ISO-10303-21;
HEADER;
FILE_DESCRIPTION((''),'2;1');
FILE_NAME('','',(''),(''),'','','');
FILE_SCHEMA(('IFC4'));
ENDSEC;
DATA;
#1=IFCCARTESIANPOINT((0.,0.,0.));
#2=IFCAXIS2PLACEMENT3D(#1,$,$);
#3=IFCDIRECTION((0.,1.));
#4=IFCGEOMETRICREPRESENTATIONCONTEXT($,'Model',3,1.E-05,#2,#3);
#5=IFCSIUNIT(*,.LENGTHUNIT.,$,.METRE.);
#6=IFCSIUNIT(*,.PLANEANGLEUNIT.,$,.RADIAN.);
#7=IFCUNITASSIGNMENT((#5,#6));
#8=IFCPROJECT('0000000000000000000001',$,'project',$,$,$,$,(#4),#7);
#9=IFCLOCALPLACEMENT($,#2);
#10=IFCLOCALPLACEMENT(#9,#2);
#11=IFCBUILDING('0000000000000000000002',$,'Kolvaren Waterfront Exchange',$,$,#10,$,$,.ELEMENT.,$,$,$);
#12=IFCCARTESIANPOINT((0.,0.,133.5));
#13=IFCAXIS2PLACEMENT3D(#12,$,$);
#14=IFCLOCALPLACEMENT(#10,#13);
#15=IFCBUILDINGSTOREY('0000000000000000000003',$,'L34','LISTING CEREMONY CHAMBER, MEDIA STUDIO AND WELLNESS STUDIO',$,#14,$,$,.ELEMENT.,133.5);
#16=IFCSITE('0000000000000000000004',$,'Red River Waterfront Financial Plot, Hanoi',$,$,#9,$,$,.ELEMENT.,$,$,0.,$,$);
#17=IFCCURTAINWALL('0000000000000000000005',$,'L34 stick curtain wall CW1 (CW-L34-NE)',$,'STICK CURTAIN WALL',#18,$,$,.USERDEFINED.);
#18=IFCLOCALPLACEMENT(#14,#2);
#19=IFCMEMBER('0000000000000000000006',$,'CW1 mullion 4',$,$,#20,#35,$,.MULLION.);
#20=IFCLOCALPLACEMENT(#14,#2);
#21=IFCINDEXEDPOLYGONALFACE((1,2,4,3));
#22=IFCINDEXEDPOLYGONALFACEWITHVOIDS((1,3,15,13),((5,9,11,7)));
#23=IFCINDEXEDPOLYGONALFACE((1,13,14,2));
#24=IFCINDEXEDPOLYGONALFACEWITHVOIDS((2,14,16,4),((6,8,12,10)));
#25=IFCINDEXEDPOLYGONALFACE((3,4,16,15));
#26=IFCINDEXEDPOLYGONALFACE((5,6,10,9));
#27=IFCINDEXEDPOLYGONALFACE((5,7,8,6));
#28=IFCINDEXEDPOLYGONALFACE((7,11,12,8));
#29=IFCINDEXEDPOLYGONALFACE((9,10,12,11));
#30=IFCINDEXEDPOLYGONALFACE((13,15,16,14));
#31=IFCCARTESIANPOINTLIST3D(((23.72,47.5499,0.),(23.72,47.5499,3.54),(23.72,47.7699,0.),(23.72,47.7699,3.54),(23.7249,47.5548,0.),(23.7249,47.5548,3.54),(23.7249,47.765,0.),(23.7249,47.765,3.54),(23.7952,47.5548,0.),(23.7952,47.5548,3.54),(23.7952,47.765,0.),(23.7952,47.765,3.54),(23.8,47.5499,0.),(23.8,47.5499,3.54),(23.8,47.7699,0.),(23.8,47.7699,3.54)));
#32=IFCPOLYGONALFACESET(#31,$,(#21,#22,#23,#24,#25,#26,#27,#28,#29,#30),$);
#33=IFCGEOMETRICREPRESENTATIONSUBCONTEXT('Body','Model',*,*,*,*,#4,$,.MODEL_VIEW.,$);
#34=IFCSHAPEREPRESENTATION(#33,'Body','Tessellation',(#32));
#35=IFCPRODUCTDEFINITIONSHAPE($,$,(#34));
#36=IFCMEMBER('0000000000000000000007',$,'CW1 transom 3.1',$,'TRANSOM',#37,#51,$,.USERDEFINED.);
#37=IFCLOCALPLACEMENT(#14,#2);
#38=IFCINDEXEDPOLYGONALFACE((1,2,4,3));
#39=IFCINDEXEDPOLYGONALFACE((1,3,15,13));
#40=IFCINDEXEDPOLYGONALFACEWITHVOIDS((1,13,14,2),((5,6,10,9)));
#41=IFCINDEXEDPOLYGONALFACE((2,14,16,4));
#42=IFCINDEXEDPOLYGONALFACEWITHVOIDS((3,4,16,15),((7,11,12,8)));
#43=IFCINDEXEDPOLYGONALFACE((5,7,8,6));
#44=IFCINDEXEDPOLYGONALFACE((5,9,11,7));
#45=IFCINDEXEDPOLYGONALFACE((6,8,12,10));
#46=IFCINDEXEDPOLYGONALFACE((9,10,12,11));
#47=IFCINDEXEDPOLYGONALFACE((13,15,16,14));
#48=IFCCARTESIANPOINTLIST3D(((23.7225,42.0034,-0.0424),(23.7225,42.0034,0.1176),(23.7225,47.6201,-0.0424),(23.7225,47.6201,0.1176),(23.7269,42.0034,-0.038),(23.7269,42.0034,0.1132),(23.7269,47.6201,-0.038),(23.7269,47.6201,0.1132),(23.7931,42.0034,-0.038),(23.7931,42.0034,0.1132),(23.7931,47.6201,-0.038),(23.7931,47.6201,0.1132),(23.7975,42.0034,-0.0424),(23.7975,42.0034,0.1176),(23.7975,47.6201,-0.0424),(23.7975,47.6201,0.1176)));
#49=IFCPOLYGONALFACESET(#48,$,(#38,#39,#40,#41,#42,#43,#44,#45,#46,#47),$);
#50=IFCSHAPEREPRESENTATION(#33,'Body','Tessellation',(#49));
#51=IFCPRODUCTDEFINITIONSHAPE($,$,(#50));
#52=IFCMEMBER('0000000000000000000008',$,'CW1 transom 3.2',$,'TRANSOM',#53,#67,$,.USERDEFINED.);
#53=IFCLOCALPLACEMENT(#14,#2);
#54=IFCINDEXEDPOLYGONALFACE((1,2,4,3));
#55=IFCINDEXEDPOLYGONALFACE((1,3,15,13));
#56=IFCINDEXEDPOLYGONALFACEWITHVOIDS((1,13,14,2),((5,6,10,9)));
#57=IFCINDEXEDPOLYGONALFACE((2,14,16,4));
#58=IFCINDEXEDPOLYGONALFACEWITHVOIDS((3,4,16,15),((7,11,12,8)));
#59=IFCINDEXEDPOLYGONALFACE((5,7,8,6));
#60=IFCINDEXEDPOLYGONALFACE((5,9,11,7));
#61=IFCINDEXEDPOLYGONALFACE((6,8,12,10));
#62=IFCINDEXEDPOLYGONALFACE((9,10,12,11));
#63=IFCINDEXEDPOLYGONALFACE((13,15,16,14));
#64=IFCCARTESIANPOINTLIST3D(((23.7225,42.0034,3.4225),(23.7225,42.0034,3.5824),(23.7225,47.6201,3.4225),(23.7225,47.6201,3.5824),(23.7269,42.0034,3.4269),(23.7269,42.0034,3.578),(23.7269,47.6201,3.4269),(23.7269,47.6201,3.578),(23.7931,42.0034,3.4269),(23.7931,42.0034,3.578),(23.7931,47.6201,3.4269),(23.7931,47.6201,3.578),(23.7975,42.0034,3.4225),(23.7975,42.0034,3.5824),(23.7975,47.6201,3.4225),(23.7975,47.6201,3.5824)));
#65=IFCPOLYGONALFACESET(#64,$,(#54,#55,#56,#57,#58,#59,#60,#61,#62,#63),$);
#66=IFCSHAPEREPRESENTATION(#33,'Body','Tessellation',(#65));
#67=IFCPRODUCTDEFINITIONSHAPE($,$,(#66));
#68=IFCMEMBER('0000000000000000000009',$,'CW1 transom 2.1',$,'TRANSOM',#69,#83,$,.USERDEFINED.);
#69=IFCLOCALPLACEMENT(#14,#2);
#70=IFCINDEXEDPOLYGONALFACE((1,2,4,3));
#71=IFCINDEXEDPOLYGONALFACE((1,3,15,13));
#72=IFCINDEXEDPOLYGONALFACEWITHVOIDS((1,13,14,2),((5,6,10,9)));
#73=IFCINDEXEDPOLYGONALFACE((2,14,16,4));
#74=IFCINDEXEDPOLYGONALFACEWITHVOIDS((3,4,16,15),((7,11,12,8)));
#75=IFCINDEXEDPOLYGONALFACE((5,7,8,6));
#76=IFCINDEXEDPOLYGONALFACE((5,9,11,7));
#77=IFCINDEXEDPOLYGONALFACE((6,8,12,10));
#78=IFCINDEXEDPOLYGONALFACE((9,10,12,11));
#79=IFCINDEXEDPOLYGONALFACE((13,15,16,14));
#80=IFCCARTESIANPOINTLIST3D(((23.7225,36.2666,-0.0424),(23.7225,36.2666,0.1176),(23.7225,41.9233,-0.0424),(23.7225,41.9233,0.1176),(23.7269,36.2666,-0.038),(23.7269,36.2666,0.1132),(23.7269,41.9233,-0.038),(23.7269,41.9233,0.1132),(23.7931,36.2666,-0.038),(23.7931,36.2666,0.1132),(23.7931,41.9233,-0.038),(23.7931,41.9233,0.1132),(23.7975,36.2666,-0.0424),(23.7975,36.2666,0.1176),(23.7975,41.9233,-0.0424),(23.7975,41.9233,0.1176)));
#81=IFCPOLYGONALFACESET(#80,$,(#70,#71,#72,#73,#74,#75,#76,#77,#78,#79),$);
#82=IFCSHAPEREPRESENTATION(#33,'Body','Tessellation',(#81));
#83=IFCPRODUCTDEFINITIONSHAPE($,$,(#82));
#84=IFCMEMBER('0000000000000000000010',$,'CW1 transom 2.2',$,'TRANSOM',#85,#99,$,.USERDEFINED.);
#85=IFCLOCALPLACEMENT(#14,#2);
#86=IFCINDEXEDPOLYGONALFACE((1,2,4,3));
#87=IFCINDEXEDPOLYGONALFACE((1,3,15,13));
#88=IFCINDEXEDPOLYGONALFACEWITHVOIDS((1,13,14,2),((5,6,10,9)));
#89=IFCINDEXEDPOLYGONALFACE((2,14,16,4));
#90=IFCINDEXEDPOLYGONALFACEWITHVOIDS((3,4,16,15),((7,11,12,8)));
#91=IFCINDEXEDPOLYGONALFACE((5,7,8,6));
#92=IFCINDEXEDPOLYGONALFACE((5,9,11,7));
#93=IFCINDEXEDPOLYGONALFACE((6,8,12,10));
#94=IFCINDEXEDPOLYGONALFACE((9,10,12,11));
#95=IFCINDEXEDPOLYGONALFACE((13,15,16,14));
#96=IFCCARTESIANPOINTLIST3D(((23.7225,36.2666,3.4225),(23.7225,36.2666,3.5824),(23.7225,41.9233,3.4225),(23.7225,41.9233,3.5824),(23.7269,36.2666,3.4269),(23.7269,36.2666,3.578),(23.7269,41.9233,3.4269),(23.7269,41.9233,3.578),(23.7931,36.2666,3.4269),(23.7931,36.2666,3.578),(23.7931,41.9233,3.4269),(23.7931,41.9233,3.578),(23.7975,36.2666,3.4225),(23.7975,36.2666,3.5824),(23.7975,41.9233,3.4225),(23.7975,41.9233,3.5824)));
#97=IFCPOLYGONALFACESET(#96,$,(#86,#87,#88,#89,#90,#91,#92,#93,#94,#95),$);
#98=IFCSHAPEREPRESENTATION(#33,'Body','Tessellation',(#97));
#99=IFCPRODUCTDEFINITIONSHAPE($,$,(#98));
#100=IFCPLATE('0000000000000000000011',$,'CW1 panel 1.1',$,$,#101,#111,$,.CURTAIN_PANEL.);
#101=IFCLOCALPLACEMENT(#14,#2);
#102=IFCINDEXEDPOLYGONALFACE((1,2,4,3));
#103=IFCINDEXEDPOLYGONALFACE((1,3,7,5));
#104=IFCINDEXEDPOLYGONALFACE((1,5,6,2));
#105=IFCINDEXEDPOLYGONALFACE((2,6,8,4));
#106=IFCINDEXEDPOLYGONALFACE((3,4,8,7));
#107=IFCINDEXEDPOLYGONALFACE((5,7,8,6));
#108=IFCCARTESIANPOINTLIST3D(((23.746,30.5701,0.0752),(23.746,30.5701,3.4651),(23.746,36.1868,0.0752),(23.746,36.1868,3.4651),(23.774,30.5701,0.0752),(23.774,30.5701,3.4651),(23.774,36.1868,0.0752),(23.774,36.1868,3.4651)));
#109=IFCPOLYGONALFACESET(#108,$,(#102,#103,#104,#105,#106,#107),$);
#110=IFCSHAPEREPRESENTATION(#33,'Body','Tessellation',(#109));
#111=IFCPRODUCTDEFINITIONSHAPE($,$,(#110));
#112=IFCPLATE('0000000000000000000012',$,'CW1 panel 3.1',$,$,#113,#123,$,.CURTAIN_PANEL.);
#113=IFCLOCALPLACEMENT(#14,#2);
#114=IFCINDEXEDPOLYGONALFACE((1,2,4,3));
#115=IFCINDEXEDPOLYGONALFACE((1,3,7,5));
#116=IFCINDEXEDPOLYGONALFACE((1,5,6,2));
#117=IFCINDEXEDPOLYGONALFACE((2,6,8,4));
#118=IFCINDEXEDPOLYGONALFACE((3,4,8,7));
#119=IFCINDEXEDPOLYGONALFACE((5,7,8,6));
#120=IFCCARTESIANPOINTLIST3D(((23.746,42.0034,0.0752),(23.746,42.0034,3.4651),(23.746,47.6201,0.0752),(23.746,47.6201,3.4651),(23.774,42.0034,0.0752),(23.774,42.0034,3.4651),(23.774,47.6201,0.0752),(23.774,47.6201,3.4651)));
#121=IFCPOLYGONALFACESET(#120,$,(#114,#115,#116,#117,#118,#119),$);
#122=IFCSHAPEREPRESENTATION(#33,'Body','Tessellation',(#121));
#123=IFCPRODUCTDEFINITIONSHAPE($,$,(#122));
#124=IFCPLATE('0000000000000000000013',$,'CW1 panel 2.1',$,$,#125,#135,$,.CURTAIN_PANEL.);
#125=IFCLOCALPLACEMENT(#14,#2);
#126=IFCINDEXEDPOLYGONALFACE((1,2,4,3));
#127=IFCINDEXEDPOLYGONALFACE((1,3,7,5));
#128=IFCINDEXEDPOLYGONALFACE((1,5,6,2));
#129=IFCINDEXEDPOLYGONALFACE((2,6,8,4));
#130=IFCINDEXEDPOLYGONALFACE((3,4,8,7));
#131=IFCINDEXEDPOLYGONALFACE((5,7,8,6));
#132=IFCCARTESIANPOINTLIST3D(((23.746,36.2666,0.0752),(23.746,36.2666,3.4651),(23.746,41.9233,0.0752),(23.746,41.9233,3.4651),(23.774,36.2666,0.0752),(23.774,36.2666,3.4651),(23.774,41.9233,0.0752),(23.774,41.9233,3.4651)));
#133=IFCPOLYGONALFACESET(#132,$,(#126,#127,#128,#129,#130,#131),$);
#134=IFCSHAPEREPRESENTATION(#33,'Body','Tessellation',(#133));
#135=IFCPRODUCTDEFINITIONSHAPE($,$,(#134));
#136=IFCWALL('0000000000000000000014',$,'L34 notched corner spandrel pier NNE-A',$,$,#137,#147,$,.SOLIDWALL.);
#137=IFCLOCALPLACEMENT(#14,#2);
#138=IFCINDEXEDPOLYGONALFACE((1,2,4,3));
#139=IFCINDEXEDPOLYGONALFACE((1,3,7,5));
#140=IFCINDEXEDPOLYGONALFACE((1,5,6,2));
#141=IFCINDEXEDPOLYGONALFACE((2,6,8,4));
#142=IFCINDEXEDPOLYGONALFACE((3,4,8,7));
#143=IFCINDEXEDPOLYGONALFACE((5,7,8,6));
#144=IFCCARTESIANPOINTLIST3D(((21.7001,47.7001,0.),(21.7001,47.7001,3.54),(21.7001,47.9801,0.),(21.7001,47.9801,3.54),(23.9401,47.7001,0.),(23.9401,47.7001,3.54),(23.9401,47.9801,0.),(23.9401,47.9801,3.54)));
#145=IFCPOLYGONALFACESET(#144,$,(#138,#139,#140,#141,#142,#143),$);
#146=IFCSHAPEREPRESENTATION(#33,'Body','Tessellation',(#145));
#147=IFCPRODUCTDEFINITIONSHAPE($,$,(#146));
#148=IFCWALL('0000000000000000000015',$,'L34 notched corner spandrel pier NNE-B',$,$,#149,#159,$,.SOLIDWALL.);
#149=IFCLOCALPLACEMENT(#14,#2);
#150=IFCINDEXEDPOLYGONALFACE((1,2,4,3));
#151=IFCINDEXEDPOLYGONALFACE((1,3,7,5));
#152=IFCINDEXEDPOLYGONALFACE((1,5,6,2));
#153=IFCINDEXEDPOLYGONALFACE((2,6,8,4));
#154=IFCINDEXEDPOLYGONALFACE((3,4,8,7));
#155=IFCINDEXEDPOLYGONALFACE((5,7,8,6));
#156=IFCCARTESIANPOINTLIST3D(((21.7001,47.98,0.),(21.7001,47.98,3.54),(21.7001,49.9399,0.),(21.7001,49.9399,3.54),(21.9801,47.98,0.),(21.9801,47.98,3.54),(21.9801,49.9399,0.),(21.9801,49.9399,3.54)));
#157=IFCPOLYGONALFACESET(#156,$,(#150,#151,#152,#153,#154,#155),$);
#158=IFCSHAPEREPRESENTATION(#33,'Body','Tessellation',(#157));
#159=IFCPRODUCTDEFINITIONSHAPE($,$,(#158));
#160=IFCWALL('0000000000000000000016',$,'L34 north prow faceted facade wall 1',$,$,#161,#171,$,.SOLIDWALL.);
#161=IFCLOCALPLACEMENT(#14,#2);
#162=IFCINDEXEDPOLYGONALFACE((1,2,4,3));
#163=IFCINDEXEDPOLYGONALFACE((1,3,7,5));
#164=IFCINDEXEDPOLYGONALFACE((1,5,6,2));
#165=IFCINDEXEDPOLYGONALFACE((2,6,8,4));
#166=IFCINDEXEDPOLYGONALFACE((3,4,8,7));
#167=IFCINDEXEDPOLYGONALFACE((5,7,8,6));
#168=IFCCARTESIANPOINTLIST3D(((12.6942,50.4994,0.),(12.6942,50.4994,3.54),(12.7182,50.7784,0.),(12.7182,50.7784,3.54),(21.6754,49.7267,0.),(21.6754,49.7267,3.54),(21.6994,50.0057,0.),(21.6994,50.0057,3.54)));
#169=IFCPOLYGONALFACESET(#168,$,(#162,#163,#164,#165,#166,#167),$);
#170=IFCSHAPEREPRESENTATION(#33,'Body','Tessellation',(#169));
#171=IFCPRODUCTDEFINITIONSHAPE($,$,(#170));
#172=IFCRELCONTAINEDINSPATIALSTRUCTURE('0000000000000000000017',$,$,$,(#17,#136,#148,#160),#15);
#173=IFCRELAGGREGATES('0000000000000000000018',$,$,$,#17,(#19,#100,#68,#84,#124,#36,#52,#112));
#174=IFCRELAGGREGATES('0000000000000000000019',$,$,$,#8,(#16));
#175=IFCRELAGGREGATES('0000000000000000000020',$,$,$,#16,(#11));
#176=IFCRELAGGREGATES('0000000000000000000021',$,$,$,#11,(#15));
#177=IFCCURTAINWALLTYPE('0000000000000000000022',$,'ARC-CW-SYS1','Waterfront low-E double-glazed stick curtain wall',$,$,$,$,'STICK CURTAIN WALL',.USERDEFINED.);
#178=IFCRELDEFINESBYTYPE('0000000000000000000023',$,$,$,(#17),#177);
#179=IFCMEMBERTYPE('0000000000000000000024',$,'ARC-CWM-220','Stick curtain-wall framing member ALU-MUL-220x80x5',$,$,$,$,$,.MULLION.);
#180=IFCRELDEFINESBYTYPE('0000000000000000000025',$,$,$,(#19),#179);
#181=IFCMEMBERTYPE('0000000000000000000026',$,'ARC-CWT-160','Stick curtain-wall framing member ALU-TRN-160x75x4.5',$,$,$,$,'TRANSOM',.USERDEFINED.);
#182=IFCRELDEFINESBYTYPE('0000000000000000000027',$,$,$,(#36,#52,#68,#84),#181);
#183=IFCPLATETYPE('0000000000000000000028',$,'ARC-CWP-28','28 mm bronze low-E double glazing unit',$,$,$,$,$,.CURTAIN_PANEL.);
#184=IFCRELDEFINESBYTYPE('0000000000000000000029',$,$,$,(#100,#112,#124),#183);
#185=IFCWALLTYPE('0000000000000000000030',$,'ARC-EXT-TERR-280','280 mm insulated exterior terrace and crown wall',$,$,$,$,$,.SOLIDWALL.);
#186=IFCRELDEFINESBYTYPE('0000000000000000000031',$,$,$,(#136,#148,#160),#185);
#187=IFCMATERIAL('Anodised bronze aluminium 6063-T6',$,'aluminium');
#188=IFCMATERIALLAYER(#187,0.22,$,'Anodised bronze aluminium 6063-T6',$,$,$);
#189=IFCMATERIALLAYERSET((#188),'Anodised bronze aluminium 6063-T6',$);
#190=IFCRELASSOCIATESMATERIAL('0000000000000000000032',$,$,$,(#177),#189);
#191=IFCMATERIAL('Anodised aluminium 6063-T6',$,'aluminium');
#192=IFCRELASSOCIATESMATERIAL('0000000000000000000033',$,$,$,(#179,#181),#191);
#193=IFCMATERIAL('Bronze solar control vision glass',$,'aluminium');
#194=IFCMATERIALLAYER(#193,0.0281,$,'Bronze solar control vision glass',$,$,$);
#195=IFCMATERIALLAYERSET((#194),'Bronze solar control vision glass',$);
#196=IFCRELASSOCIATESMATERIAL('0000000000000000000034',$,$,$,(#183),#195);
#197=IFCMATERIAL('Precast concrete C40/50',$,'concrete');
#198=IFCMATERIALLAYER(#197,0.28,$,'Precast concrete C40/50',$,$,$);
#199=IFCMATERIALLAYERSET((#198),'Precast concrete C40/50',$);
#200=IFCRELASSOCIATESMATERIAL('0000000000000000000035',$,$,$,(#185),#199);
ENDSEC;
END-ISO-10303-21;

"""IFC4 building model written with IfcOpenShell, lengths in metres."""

from ifc_helpers import new_model, si_unit, direction, frame, frame_2d, origin, origin_with_axes, origin_2d, place, context, subcontext, project, spatial, rectangle, hollow_rectangle, extrude, source, transform, mapped, material, layer, layer_set, material_profile, profile_set, type_object, element, aggregate, save


model = new_model("IFC4")

# Units and contexts
model_context = context("Model", 3, precision=1e-05, world=origin(), true_north=direction((0.0, 1.0)))
body_context = subcontext(model_context, "Body", "Model", "MODEL_VIEW")
ifc_project = project(units=[si_unit("LENGTHUNIT", "METRE"), si_unit("PLANEANGLEUNIT", "RADIAN")], contexts=[model_context])

# Site, building, storey
site_placement = place(None, origin())
site = spatial("IfcSite", under=ifc_project, at=site_placement, Name="Red River Waterfront Financial Plot, Hanoi", CompositionType="ELEMENT", RefElevation=0.0)
building_placement = place(site_placement, origin())
building = spatial("IfcBuilding", under=site, at=building_placement, Name="Kolvaren Waterfront Exchange", CompositionType="ELEMENT")
storey_placement = place(building_placement, frame((0.0, 0.0, 133.5)))
storey = spatial("IfcBuildingStorey", under=building, at=storey_placement, Name="L34", Description="LISTING CEREMONY CHAMBER, MEDIA STUDIO AND WELLNESS STUDIO", CompositionType="ELEMENT", Elevation=133.5)

# Curtain wall, members, plates
ifc_material_1 = material(Name="Anodised bronze aluminium 6063-T6", Category="aluminium")
ifc_layer_1 = layer(ifc_material_1, 0.22, Name="Anodised bronze aluminium 6063-T6")
ifc_layer_set_1 = layer_set([ifc_layer_1], Name="Anodised bronze aluminium 6063-T6")
curtain_wall_type = type_object("IfcCurtainWallType", Name="ARC-CW-SYS1", Description="Waterfront low-E double-glazed stick curtain wall", ElementType="STICK CURTAIN WALL", PredefinedType="USERDEFINED", material=ifc_layer_set_1)
curtain_wall_placement = place(storey_placement, origin())
curtain_wall = element("IfcCurtainWall", 1, at=curtain_wall_placement, inside=storey, type_object=curtain_wall_type, Name="L34 stick curtain wall CW1 (CW-L34-NE)", ObjectType="STICK CURTAIN WALL", PredefinedType="USERDEFINED")
ifc_material_2 = material(Name="Anodised aluminium 6063-T6", Category="aluminium")
ifc_material_profile_1 = material_profile(ifc_material_2, hollow_rectangle(XDim=0.0801, YDim=0.22, WallThickness=0.0049, at=origin_2d()), Name="ALU-MUL-220x80x5")
ifc_profile_set_1 = profile_set([ifc_material_profile_1], Name="Anodised aluminium 6063-T6")
member_type_1 = type_object("IfcMemberType", Name="ARC-CWM-220", Description="Stick curtain-wall framing member ALU-MUL-220x80x5", PredefinedType="MULLION", material=ifc_profile_set_1)
shared_shape_1 = source(origin_with_axes(), body_context, "Body", "SweptSolid", [
    extrude(hollow_rectangle(XDim=0.0801, YDim=0.22, WallThickness=0.0049, at=origin_2d()), origin(), (0.0, 0.0, 1.0), 3.54),
])
member_1_placement = place(storey_placement, frame((23.76, 47.6599, 0.0), z_axis=(0.0, 0.0, 1.0), x_axis=(-1.0, 0.0, 0.0)))
member_1 = element("IfcMember", 2, at=member_1_placement, type_object=member_type_1, Name="CW1 mullion 4", PredefinedType="MULLION", context=body_context, shape_type="MappedRepresentation", body=[
    mapped(shared_shape_1, transform((0.0, 0.0, 0.0), x_axis=(1.0, 0.0, 0.0), y_axis=(0.0, 1.0, 0.0), z_axis=(0.0, 0.0, 1.0), scale=1.0)),
])
ifc_material_profile_2 = material_profile(ifc_material_2, hollow_rectangle(XDim=0.075, YDim=0.1599, WallThickness=0.0044, at=origin_2d()), Name="ALU-TRN-160x75x4.5")
ifc_profile_set_2 = profile_set([ifc_material_profile_2], Name="Anodised aluminium 6063-T6")
member_type_2 = type_object("IfcMemberType", Name="ARC-CWT-160", Description="Stick curtain-wall framing member ALU-TRN-160x75x4.5", ElementType="TRANSOM", PredefinedType="USERDEFINED", material=ifc_profile_set_2)
shared_shape_2 = source(origin_with_axes(), body_context, "Body", "SweptSolid", [
    extrude(hollow_rectangle(XDim=0.075, YDim=0.1599, WallThickness=0.0044, at=origin_2d()), origin(), (0.0, 0.0, 1.0), 5.6167),
])
member_2_placement = place(storey_placement, frame((23.76, 42.0034, 0.0376), z_axis=(0.0, 1.0, 0.0), x_axis=(-1.0, 0.0, 0.0)))
member_2 = element("IfcMember", 3, at=member_2_placement, type_object=member_type_2, Name="CW1 transom 3.1", ObjectType="TRANSOM", PredefinedType="USERDEFINED", context=body_context, shape_type="MappedRepresentation", body=[
    mapped(shared_shape_2, transform((0.0, 0.0, 0.0), x_axis=(1.0, 0.0, 0.0), y_axis=(0.0, 1.0, 0.0), z_axis=(0.0, 0.0, 1.0), scale=1.0)),
])
member_3_placement = place(storey_placement, frame((23.76, 42.0034, 3.5024), z_axis=(0.0, 1.0, 0.0), x_axis=(-1.0, 0.0, 0.0)))
member_3 = element("IfcMember", 4, at=member_3_placement, type_object=member_type_2, Name="CW1 transom 3.2", ObjectType="TRANSOM", PredefinedType="USERDEFINED", context=body_context, shape_type="MappedRepresentation", body=[
    mapped(shared_shape_2, transform((0.0, 0.0, 0.0), x_axis=(1.0, 0.0, 0.0), y_axis=(0.0, 1.0, 0.0), z_axis=(0.0, 0.0, 1.0), scale=1.0)),
])
shared_shape_3 = source(origin_with_axes(), body_context, "Body", "SweptSolid", [
    extrude(hollow_rectangle(XDim=0.075, YDim=0.1599, WallThickness=0.0044, at=origin_2d()), origin(), (0.0, 0.0, 1.0), 5.6567),
])
member_4_placement = place(storey_placement, frame((23.76, 36.2666, 0.0376), z_axis=(0.0, 1.0, 0.0), x_axis=(-1.0, 0.0, 0.0)))
member_4 = element("IfcMember", 5, at=member_4_placement, type_object=member_type_2, Name="CW1 transom 2.1", ObjectType="TRANSOM", PredefinedType="USERDEFINED", context=body_context, shape_type="MappedRepresentation", body=[
    mapped(shared_shape_3, transform((0.0, 0.0, 0.0), x_axis=(1.0, 0.0, 0.0), y_axis=(0.0, 1.0, 0.0), z_axis=(0.0, 0.0, 1.0), scale=1.0)),
])
member_5_placement = place(storey_placement, frame((23.76, 36.2666, 3.5024), z_axis=(0.0, 1.0, 0.0), x_axis=(-1.0, 0.0, 0.0)))
member_5 = element("IfcMember", 6, at=member_5_placement, type_object=member_type_2, Name="CW1 transom 2.2", ObjectType="TRANSOM", PredefinedType="USERDEFINED", context=body_context, shape_type="MappedRepresentation", body=[
    mapped(shared_shape_3, transform((0.0, 0.0, 0.0), x_axis=(1.0, 0.0, 0.0), y_axis=(0.0, 1.0, 0.0), z_axis=(0.0, 0.0, 1.0), scale=1.0)),
])
ifc_material_3 = material(Name="Bronze solar control vision glass", Category="aluminium")
ifc_layer_2 = layer(ifc_material_3, 0.0281, Name="Bronze solar control vision glass")
ifc_layer_set_2 = layer_set([ifc_layer_2], Name="Bronze solar control vision glass")
plate_type = type_object("IfcPlateType", Name="ARC-CWP-28", Description="28 mm bronze low-E double glazing unit", PredefinedType="CURTAIN_PANEL", material=ifc_layer_set_2)
shared_shape_4 = source(origin_with_axes(), body_context, "Body", "SweptSolid", [
    extrude(rectangle(XDim=5.6167, YDim=0.0281, at=origin_2d()), origin(), (0.0, 0.0, 1.0), 3.3899),
])
plate_1_placement = place(storey_placement, frame((23.76, 33.3784, 0.0752), z_axis=(0.0, 0.0, 1.0), x_axis=(0.0, 1.0, 0.0)))
plate_1 = element("IfcPlate", 7, at=plate_1_placement, type_object=plate_type, Name="CW1 panel 1.1", PredefinedType="CURTAIN_PANEL", context=body_context, shape_type="MappedRepresentation", body=[
    mapped(shared_shape_4, transform((0.0, 0.0, 0.0), x_axis=(1.0, 0.0, 0.0), y_axis=(0.0, 1.0, 0.0), z_axis=(0.0, 0.0, 1.0), scale=1.0)),
])
plate_2_placement = place(storey_placement, frame((23.76, 44.8118, 0.0752), z_axis=(0.0, 0.0, 1.0), x_axis=(0.0, 1.0, 0.0)))
plate_2 = element("IfcPlate", 8, at=plate_2_placement, type_object=plate_type, Name="CW1 panel 3.1", PredefinedType="CURTAIN_PANEL", context=body_context, shape_type="MappedRepresentation", body=[
    mapped(shared_shape_4, transform((0.0, 0.0, 0.0), x_axis=(1.0, 0.0, 0.0), y_axis=(0.0, 1.0, 0.0), z_axis=(0.0, 0.0, 1.0), scale=1.0)),
])
shared_shape_5 = source(origin_with_axes(), body_context, "Body", "SweptSolid", [
    extrude(rectangle(XDim=5.6567, YDim=0.0281, at=origin_2d()), origin(), (0.0, 0.0, 1.0), 3.3899),
])
plate_3_placement = place(storey_placement, frame((23.76, 39.095, 0.0752), z_axis=(0.0, 0.0, 1.0), x_axis=(0.0, 1.0, 0.0)))
plate_3 = element("IfcPlate", 9, at=plate_3_placement, type_object=plate_type, Name="CW1 panel 2.1", PredefinedType="CURTAIN_PANEL", context=body_context, shape_type="MappedRepresentation", body=[
    mapped(shared_shape_5, transform((0.0, 0.0, 0.0), x_axis=(1.0, 0.0, 0.0), y_axis=(0.0, 1.0, 0.0), z_axis=(0.0, 0.0, 1.0), scale=1.0)),
])
aggregate(curtain_wall, [member_1, plate_1, member_4, member_5, plate_3, member_2, member_3, plate_2])

# Walls
ifc_material_4 = material(Name="Precast concrete C40/50", Category="concrete")
ifc_layer_3 = layer(ifc_material_4, 0.28, Name="Precast concrete C40/50")
ifc_layer_set_3 = layer_set([ifc_layer_3], Name="Precast concrete C40/50")
wall_type = type_object("IfcWallType", Name="ARC-EXT-TERR-280", Description="280 mm insulated exterior terrace and crown wall", PredefinedType="SOLIDWALL", material=ifc_layer_set_3)
wall_1_placement = place(storey_placement, frame((21.7, 47.8401, 0.0), z_axis=(0.0, 0.0, 1.0), x_axis=(1.0, 0.0, 0.0)))
element("IfcWall", 10, at=wall_1_placement, inside=storey, type_object=wall_type, Name="L34 notched corner spandrel pier NNE-A", PredefinedType="SOLIDWALL", context=body_context, shape_type="SweptSolid", body=[
    extrude(rectangle(XDim=2.24, YDim=0.28, at=frame_2d((1.1201, 0.0))), origin(), (0.0, 0.0, 1.0), 3.54),
])
wall_2_placement = place(storey_placement, frame((21.8401, 47.98, 0.0), z_axis=(0.0, 0.0, 1.0), x_axis=(0.0, 1.0, 0.0)))
element("IfcWall", 11, at=wall_2_placement, inside=storey, type_object=wall_type, Name="L34 notched corner spandrel pier NNE-B", PredefinedType="SOLIDWALL", context=body_context, shape_type="SweptSolid", body=[
    extrude(rectangle(XDim=1.96, YDim=0.28, at=frame_2d((0.98, 0.0))), origin(), (0.0, 0.0, 1.0), 3.54),
])
wall_3_placement = place(storey_placement, frame((21.6875, 49.8662, 0.0), z_axis=(0.0, 0.0, 1.0), x_axis=(-0.996319, 0.085719, 0.0)))
element("IfcWall", 12, at=wall_3_placement, inside=storey, type_object=wall_type, Name="L34 north prow faceted facade wall 1", PredefinedType="SOLIDWALL", context=body_context, shape_type="SweptSolid", body=[
    extrude(rectangle(XDim=9.0144, YDim=0.28, at=frame_2d((4.5073, 0.0))), origin(), (0.0, 0.0, 1.0), 3.54),
])

save(model, "model.ifc")
